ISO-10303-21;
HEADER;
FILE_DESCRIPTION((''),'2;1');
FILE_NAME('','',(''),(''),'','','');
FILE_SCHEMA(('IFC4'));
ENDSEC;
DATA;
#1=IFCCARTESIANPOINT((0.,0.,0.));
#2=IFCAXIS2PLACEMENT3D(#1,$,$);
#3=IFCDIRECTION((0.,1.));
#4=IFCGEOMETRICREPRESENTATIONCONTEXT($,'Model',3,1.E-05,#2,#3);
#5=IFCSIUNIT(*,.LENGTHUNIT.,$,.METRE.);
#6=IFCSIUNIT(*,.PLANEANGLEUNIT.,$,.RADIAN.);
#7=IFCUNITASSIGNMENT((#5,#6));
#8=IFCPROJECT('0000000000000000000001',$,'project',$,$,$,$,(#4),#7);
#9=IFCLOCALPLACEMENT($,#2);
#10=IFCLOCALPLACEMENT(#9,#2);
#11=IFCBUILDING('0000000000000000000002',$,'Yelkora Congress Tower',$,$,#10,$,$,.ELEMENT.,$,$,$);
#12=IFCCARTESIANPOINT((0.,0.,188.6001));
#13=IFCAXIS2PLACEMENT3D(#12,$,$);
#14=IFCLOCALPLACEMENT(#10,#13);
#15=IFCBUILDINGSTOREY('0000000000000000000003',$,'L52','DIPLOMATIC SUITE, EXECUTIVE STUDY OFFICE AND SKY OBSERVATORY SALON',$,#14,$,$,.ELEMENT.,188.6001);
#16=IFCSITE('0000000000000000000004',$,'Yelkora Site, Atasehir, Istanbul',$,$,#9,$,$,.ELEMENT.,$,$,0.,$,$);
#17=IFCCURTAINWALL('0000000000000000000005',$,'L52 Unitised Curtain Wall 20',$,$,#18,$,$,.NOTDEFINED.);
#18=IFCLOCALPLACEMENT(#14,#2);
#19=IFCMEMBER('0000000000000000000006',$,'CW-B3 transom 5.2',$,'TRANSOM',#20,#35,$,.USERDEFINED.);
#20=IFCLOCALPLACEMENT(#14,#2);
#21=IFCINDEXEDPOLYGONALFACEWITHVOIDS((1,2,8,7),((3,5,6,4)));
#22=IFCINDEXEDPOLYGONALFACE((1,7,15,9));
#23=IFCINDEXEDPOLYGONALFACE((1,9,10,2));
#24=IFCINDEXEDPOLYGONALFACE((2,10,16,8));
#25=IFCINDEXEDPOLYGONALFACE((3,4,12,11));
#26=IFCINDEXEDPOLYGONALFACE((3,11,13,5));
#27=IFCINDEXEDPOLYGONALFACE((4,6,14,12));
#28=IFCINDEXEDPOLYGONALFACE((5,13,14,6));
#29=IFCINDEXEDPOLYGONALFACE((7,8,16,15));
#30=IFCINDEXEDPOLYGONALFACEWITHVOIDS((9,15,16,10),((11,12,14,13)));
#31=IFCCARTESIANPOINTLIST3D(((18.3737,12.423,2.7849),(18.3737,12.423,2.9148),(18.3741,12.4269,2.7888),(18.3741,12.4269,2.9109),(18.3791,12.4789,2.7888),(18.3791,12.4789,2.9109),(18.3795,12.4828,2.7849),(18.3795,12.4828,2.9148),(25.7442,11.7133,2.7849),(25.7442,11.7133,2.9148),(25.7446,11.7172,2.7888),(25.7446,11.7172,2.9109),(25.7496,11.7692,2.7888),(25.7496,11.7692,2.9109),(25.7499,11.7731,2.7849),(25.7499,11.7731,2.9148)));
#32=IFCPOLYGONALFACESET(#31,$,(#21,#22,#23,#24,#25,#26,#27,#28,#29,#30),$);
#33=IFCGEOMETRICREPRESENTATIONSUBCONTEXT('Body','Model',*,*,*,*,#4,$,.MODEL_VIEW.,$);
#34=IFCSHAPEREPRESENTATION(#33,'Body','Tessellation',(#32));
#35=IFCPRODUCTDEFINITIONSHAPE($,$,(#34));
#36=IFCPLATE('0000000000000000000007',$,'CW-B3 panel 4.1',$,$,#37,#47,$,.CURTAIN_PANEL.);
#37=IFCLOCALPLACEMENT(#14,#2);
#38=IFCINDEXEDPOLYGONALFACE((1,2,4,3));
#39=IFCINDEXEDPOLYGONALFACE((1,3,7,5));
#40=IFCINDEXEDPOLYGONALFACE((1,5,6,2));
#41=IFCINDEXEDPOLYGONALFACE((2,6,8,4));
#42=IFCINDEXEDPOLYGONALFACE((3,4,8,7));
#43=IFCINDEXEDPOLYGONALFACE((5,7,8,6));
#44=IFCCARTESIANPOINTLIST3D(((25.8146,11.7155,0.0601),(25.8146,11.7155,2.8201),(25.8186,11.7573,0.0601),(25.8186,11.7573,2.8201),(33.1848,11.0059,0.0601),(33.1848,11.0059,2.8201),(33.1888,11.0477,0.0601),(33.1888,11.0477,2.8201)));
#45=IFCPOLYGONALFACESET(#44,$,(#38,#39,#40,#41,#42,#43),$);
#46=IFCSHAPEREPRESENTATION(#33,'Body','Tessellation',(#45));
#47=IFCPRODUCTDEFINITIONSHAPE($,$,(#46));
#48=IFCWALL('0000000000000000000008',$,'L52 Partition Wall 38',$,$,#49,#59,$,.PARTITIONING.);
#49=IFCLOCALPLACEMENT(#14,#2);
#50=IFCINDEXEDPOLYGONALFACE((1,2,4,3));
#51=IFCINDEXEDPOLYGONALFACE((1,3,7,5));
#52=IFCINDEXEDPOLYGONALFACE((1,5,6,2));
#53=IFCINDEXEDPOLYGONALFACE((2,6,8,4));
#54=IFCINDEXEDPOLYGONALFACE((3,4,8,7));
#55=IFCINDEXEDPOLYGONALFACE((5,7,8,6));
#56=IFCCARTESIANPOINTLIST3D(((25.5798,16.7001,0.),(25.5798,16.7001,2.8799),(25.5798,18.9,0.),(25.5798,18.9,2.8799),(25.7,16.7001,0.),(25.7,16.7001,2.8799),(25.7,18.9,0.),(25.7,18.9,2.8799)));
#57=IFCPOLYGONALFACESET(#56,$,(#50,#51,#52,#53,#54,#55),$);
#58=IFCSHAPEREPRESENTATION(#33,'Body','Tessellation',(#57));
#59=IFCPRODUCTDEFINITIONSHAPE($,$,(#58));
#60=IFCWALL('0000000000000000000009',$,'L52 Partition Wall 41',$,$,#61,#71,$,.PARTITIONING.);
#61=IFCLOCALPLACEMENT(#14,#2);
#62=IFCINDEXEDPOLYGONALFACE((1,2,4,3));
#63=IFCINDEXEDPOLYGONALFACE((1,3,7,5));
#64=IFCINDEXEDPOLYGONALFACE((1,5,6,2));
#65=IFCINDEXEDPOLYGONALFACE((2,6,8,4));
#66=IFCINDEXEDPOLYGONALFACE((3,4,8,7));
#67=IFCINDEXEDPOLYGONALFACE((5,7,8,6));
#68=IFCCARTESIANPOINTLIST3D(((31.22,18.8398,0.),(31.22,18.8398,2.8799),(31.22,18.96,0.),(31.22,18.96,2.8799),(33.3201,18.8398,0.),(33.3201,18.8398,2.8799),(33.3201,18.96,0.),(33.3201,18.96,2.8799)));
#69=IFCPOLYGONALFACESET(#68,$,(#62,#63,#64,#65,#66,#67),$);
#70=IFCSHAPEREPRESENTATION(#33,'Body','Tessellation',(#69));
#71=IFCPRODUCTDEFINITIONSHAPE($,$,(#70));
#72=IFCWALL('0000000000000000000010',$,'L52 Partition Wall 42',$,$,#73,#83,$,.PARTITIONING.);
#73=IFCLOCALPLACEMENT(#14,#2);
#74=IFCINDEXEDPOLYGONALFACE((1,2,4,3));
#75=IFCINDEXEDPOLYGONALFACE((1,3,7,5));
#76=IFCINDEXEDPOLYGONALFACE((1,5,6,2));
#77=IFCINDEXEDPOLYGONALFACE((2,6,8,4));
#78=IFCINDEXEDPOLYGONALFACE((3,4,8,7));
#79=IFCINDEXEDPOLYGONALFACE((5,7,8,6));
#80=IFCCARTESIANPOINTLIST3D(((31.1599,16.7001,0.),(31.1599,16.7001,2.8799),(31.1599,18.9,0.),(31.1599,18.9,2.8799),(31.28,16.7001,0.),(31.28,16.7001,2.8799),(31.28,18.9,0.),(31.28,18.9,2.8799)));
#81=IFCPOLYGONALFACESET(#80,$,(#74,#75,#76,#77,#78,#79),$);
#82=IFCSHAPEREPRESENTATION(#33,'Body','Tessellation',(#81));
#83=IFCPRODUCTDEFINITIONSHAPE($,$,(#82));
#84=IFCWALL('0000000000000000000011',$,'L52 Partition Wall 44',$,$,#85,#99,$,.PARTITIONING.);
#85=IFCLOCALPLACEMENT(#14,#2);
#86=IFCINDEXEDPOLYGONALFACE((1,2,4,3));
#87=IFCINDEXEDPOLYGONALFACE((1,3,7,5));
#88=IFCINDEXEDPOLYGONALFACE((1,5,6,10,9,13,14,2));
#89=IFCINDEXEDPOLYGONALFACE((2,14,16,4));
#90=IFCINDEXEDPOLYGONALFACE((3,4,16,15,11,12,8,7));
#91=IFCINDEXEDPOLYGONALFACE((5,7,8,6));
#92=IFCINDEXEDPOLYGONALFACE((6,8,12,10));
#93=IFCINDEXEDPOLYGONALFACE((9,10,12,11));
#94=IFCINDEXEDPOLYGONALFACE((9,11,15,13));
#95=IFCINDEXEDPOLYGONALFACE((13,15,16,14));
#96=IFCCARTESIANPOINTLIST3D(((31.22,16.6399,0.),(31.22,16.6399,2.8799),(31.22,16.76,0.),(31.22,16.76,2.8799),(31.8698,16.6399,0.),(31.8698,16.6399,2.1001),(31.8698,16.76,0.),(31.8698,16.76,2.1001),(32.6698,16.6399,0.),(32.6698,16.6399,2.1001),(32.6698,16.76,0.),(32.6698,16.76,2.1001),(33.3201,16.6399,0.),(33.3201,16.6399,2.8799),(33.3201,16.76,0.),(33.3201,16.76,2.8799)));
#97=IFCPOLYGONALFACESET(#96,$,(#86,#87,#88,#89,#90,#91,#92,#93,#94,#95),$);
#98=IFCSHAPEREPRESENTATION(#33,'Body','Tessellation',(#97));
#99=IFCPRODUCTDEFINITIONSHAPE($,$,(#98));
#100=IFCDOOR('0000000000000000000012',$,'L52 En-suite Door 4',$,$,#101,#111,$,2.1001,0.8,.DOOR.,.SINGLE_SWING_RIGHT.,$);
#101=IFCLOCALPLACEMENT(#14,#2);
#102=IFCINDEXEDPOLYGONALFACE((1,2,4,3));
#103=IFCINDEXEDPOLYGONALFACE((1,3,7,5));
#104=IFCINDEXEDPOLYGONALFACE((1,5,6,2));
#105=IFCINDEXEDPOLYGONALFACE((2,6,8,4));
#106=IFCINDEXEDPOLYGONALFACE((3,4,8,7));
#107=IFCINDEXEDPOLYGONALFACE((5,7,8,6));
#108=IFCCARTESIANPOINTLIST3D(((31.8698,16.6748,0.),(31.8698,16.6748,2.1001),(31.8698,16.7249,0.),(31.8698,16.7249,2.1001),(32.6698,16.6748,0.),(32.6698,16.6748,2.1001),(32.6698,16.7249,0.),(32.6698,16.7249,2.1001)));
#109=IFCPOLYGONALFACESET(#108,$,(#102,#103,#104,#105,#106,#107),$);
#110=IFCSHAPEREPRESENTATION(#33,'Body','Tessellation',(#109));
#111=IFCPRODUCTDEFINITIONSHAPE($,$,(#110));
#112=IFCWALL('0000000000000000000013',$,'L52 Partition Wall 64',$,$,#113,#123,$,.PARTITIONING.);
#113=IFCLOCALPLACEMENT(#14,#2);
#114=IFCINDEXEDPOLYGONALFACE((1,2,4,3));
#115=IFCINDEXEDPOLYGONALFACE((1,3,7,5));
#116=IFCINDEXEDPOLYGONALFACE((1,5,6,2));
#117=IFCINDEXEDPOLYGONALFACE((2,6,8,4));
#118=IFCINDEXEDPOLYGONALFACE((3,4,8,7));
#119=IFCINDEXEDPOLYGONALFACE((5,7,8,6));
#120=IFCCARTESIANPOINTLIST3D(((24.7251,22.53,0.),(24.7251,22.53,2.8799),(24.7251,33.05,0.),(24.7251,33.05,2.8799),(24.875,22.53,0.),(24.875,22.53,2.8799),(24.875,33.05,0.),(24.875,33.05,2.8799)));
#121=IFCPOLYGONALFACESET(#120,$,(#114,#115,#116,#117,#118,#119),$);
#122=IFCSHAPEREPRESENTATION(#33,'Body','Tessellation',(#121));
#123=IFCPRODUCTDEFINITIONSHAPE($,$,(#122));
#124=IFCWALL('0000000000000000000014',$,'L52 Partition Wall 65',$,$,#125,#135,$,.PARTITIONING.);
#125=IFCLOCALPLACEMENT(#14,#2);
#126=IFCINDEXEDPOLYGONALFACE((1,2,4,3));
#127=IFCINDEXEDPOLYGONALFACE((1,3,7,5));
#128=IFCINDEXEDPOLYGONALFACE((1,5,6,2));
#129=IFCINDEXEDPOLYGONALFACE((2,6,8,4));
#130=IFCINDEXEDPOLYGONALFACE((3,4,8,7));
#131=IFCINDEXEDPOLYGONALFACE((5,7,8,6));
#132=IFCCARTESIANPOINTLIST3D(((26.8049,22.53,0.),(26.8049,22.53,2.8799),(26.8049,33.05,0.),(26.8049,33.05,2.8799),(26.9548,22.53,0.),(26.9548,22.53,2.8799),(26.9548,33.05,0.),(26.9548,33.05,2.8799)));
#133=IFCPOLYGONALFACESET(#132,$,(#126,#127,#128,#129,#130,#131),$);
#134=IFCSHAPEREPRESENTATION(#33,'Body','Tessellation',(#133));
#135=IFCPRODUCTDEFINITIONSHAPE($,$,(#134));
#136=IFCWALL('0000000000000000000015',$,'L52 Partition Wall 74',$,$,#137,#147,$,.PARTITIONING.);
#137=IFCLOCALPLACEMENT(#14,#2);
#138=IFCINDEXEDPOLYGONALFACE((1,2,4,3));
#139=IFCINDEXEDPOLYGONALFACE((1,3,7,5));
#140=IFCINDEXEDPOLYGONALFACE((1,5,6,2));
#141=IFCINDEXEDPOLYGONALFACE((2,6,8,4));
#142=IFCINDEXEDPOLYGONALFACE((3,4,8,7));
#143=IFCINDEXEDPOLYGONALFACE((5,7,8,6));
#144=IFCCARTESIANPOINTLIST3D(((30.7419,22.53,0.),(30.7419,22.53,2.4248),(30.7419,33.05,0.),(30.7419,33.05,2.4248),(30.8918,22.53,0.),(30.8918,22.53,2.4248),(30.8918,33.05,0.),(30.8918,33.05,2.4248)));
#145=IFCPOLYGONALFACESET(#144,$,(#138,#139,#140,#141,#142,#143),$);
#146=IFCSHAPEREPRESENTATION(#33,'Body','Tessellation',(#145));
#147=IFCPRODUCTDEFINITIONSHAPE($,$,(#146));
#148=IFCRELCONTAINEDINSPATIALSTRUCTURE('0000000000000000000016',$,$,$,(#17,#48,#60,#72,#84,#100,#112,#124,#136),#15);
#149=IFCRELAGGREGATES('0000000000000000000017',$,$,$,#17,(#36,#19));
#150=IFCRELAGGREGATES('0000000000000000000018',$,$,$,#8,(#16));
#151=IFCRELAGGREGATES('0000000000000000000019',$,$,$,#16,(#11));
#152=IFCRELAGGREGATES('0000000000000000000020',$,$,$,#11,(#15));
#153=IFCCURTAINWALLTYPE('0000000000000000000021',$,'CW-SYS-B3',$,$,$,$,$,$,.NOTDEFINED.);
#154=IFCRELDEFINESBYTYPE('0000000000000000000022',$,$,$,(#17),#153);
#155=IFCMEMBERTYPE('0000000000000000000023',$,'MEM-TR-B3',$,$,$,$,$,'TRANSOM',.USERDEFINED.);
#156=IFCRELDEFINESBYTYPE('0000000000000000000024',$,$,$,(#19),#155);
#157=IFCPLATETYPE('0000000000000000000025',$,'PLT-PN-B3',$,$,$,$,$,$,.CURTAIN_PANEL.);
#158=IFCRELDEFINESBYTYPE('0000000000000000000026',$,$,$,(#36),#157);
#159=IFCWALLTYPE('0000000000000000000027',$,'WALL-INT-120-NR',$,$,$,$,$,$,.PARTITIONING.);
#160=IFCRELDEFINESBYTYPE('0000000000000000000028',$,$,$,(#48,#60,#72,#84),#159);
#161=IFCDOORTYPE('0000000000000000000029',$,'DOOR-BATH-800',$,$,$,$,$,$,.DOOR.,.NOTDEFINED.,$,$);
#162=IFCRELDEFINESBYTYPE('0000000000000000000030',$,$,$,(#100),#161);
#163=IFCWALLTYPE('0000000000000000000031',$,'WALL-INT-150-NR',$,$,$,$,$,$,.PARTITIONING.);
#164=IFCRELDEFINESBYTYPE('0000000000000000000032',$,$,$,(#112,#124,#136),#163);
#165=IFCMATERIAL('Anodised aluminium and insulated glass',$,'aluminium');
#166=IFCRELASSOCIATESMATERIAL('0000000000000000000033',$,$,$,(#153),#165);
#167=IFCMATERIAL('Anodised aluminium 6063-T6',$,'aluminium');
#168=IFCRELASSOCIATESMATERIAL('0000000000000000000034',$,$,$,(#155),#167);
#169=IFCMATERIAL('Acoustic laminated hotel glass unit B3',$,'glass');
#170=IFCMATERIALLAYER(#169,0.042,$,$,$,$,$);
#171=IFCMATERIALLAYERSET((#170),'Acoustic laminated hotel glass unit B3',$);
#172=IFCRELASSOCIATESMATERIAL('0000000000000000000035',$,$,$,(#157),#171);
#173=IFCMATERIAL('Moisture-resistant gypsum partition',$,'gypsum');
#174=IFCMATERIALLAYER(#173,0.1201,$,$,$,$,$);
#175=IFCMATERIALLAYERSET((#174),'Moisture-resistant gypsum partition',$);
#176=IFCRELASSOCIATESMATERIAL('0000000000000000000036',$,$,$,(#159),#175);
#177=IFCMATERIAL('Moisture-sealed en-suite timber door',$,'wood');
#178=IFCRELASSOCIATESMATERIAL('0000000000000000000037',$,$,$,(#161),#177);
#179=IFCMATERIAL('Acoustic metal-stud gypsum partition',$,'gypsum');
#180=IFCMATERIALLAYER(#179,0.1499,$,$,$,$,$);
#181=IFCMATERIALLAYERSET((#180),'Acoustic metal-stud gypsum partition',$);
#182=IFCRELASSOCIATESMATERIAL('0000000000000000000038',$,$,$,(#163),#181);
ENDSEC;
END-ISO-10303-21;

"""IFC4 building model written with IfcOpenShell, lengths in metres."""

from ifc_helpers import new_model, si_unit, direction, frame, frame_2d, origin, origin_2d, place, context, subcontext, project, spatial, rectangle, hollow_rectangle, extrude, material, layer, layer_set, material_profile, profile_set, type_object, element, fill, aggregate, save


model = new_model("IFC4")

# Units and contexts
model_context = context("Model", 3, precision=1e-05, world=origin(), true_north=direction((0.0, 1.0)))
body_context = subcontext(model_context, "Body", "Model", "MODEL_VIEW")
ifc_project = project(units=[si_unit("LENGTHUNIT", "METRE"), si_unit("PLANEANGLEUNIT", "RADIAN")], contexts=[model_context])

# Site, building, storey
site_placement = place(None, origin())
site = spatial("IfcSite", under=ifc_project, at=site_placement, Name="Yelkora Site, Atasehir, Istanbul", CompositionType="ELEMENT", RefElevation=0.0)
building_placement = place(site_placement, origin())
building = spatial("IfcBuilding", under=site, at=building_placement, Name="Yelkora Congress Tower", CompositionType="ELEMENT")
storey_placement = place(building_placement, frame((0.0, 0.0, 188.6001)))
storey = spatial("IfcBuildingStorey", under=building, at=storey_placement, Name="L52", Description="DIPLOMATIC SUITE, EXECUTIVE STUDY OFFICE AND SKY OBSERVATORY SALON", CompositionType="ELEMENT", Elevation=188.6001)

# Curtain wall, member, plate
ifc_material_1 = material(Name="Anodised aluminium and insulated glass", Category="aluminium")
curtain_wall_type = type_object("IfcCurtainWallType", Name="CW-SYS-B3", PredefinedType="NOTDEFINED", material=ifc_material_1)
curtain_wall_placement = place(storey_placement, origin())
curtain_wall = element("IfcCurtainWall", 1, at=curtain_wall_placement, inside=storey, type_object=curtain_wall_type, Name="L52 Unitised Curtain Wall 20", PredefinedType="NOTDEFINED")
ifc_material_2 = material(Name="Anodised aluminium 6063-T6", Category="aluminium")
ifc_material_profile_1 = material_profile(ifc_material_2, hollow_rectangle(XDim=0.0601, YDim=0.1299, WallThickness=0.0039, at=origin_2d()), Name="ALU 60x130x4")
ifc_profile_set_1 = profile_set([ifc_material_profile_1], Name="Anodised aluminium 6063-T6")
member_type_1 = type_object("IfcMemberType", Name="MEM-TR-B3", ElementType="TRANSOM", PredefinedType="USERDEFINED", material=ifc_profile_set_1)
member_1_placement = place(storey_placement, frame((25.7471, 11.7432, 2.8499), z_axis=(-0.995396, 0.09585, 0.0), x_axis=(-0.09585, -0.995396, 0.0)))
member_1 = element("IfcMember", 2, at=member_1_placement, type_object=member_type_1, Name="CW-B3 transom 5.2", ObjectType="TRANSOM", PredefinedType="USERDEFINED", context=body_context, shape_type="SweptSolid", body=[
    extrude(hollow_rectangle(XDim=0.0601, YDim=0.1299, WallThickness=0.0039, at=origin_2d()), origin(), (0.0, 0.0, 1.0), 7.4045),
])
ifc_material_3 = material(Name="Acoustic laminated hotel glass unit B3", Category="glass")
ifc_layer_1 = layer(ifc_material_3, 0.042)
ifc_layer_set_1 = layer_set([ifc_layer_1], Name="Acoustic laminated hotel glass unit B3")
plate_type = type_object("IfcPlateType", Name="PLT-PN-B3", PredefinedType="CURTAIN_PANEL", material=ifc_layer_set_1)
plate_placement = place(storey_placement, frame((29.5017, 11.3816, 0.0601), z_axis=(0.0, 0.0, 1.0), x_axis=(-0.995396, 0.095845, 0.0)))
plate = element("IfcPlate", 3, at=plate_placement, type_object=plate_type, Name="CW-B3 panel 4.1", PredefinedType="CURTAIN_PANEL", context=body_context, shape_type="SweptSolid", body=[
    extrude(rectangle(XDim=7.4043, YDim=0.042, at=origin_2d()), origin(), (0.0, 0.0, 1.0), 2.76),
])
aggregate(curtain_wall, [plate, member_1])

# Walls
ifc_material_4 = material(Name="Moisture-resistant gypsum partition", Category="gypsum")
ifc_layer_2 = layer(ifc_material_4, 0.1201)
ifc_layer_set_2 = layer_set([ifc_layer_2], Name="Moisture-resistant gypsum partition")
wall_type_1 = type_object("IfcWallType", Name="WALL-INT-120-NR", PredefinedType="PARTITIONING", material=ifc_layer_set_2)
wall_1_placement = place(storey_placement, frame((25.6399, 16.7, 0.0), z_axis=(0.0, 0.0, 1.0), x_axis=(0.0, 1.0, 0.0)))
element("IfcWall", 4, at=wall_1_placement, inside=storey, type_object=wall_type_1, Name="L52 Partition Wall 38", PredefinedType="PARTITIONING", context=body_context, shape_type="SweptSolid", body=[
    extrude(rectangle(XDim=2.2, YDim=0.1201, at=frame_2d((1.1001, 0.0))), origin(), (0.0, 0.0, 1.0), 2.8799),
])
wall_2_placement = place(storey_placement, frame((31.22, 18.8999, 0.0), z_axis=(0.0, 0.0, 1.0), x_axis=(1.0, 0.0, 0.0)))
element("IfcWall", 5, at=wall_2_placement, inside=storey, type_object=wall_type_1, Name="L52 Partition Wall 41", PredefinedType="PARTITIONING", context=body_context, shape_type="SweptSolid", body=[
    extrude(rectangle(XDim=2.1001, YDim=0.1201, at=frame_2d((1.05, 0.0))), origin(), (0.0, 0.0, 1.0), 2.8799),
])
wall_3_placement = place(storey_placement, frame((31.22, 16.7, 0.0), z_axis=(0.0, 0.0, 1.0), x_axis=(0.0, 1.0, 0.0)))
element("IfcWall", 6, at=wall_3_placement, inside=storey, type_object=wall_type_1, Name="L52 Partition Wall 42", PredefinedType="PARTITIONING", context=body_context, shape_type="SweptSolid", body=[
    extrude(rectangle(XDim=2.2, YDim=0.1201, at=frame_2d((1.1001, 0.0))), origin(), (0.0, 0.0, 1.0), 2.8799),
])

# Wall, opening, door
wall_4_placement = place(storey_placement, frame((31.22, 16.7, 0.0), z_axis=(0.0, 0.0, 1.0), x_axis=(1.0, 0.0, 0.0)))
wall_4 = element("IfcWall", 7, at=wall_4_placement, inside=storey, type_object=wall_type_1, Name="L52 Partition Wall 44", PredefinedType="PARTITIONING", context=body_context, shape_type="SweptSolid", body=[
    extrude(rectangle(XDim=2.1001, YDim=0.1201, at=frame_2d((1.05, 0.0))), origin(), (0.0, 0.0, 1.0), 2.8799),
])
opening_1_placement = place(wall_4_placement, frame((0.6499, 0.0, 0.0)))
opening_1 = element("IfcOpeningElement", 8, at=opening_1_placement, cuts=wall_4, PredefinedType="OPENING", context=body_context, shape_type="SweptSolid", body=[
    extrude(rectangle(XDim=0.8, YDim=2.1001, at=frame_2d((0.3999, 1.05))), frame((0.0, 0.0701, 0.0), z_axis=(0.0, -1.0, 0.0), x_axis=(1.0, 0.0, 0.0)), (0.0, 0.0, 1.0), 0.1401),
])
ifc_material_5 = material(Name="Moisture-sealed en-suite timber door", Category="wood")
door_type_1 = type_object("IfcDoorType", Name="DOOR-BATH-800", OperationType="NOTDEFINED", PredefinedType="DOOR", material=ifc_material_5)
door_1_placement = place(opening_1_placement, origin())
door_1 = element("IfcDoor", 9, at=door_1_placement, inside=storey, type_object=door_type_1, Name="L52 En-suite Door 4", OperationType="SINGLE_SWING_RIGHT", OverallHeight=2.1001, OverallWidth=0.8, PredefinedType="DOOR", context=body_context, shape_type="SweptSolid", body=[
    extrude(rectangle(XDim=0.8, YDim=2.1001, at=frame_2d((0.3999, 1.05))), frame((0.0, 0.0249, 0.0), z_axis=(0.0, -1.0, 0.0), x_axis=(1.0, 0.0, 0.0)), (0.0, 0.0, 1.0), 0.05),
])
fill(opening_1, door_1)

# Walls
ifc_material_6 = material(Name="Acoustic metal-stud gypsum partition", Category="gypsum")
ifc_layer_3 = layer(ifc_material_6, 0.1499)
ifc_layer_set_3 = layer_set([ifc_layer_3], Name="Acoustic metal-stud gypsum partition")
wall_type_2 = type_object("IfcWallType", Name="WALL-INT-150-NR", PredefinedType="PARTITIONING", material=ifc_layer_set_3)
for number, where, z_axis, x_axis, name in (
    (10, (24.8, 22.53, 0.0), (0.0, 0.0, 1.0), (0.0, 1.0, 0.0), "L52 Partition Wall 64"),
    (11, (26.8799, 22.53, 0.0), (0.0, 0.0, 1.0), (0.0, 1.0, 0.0), "L52 Partition Wall 65"),
):
    element("IfcWall", number, at=place(storey_placement, frame(where, z_axis=z_axis, x_axis=x_axis)), inside=storey, type_object=wall_type_2, Name=name, PredefinedType="PARTITIONING", context=body_context, shape_type="SweptSolid", body=[
        extrude(rectangle(XDim=10.52, YDim=0.1499, at=frame_2d((5.26, 0.0))), origin(), (0.0, 0.0, 1.0), 2.8799),
    ])
wall_5_placement = place(storey_placement, frame((30.8169, 22.53, 0.0), z_axis=(0.0, 0.0, 1.0), x_axis=(0.0, 1.0, 0.0)))
element("IfcWall", 12, at=wall_5_placement, inside=storey, type_object=wall_type_2, Name="L52 Partition Wall 74", PredefinedType="PARTITIONING", context=body_context, shape_type="SweptSolid", body=[
    extrude(rectangle(XDim=10.52, YDim=0.1499, at=frame_2d((5.26, 0.0))), origin(), (0.0, 0.0, 1.0), 2.4248),
])

save(model, "model.ifc")
